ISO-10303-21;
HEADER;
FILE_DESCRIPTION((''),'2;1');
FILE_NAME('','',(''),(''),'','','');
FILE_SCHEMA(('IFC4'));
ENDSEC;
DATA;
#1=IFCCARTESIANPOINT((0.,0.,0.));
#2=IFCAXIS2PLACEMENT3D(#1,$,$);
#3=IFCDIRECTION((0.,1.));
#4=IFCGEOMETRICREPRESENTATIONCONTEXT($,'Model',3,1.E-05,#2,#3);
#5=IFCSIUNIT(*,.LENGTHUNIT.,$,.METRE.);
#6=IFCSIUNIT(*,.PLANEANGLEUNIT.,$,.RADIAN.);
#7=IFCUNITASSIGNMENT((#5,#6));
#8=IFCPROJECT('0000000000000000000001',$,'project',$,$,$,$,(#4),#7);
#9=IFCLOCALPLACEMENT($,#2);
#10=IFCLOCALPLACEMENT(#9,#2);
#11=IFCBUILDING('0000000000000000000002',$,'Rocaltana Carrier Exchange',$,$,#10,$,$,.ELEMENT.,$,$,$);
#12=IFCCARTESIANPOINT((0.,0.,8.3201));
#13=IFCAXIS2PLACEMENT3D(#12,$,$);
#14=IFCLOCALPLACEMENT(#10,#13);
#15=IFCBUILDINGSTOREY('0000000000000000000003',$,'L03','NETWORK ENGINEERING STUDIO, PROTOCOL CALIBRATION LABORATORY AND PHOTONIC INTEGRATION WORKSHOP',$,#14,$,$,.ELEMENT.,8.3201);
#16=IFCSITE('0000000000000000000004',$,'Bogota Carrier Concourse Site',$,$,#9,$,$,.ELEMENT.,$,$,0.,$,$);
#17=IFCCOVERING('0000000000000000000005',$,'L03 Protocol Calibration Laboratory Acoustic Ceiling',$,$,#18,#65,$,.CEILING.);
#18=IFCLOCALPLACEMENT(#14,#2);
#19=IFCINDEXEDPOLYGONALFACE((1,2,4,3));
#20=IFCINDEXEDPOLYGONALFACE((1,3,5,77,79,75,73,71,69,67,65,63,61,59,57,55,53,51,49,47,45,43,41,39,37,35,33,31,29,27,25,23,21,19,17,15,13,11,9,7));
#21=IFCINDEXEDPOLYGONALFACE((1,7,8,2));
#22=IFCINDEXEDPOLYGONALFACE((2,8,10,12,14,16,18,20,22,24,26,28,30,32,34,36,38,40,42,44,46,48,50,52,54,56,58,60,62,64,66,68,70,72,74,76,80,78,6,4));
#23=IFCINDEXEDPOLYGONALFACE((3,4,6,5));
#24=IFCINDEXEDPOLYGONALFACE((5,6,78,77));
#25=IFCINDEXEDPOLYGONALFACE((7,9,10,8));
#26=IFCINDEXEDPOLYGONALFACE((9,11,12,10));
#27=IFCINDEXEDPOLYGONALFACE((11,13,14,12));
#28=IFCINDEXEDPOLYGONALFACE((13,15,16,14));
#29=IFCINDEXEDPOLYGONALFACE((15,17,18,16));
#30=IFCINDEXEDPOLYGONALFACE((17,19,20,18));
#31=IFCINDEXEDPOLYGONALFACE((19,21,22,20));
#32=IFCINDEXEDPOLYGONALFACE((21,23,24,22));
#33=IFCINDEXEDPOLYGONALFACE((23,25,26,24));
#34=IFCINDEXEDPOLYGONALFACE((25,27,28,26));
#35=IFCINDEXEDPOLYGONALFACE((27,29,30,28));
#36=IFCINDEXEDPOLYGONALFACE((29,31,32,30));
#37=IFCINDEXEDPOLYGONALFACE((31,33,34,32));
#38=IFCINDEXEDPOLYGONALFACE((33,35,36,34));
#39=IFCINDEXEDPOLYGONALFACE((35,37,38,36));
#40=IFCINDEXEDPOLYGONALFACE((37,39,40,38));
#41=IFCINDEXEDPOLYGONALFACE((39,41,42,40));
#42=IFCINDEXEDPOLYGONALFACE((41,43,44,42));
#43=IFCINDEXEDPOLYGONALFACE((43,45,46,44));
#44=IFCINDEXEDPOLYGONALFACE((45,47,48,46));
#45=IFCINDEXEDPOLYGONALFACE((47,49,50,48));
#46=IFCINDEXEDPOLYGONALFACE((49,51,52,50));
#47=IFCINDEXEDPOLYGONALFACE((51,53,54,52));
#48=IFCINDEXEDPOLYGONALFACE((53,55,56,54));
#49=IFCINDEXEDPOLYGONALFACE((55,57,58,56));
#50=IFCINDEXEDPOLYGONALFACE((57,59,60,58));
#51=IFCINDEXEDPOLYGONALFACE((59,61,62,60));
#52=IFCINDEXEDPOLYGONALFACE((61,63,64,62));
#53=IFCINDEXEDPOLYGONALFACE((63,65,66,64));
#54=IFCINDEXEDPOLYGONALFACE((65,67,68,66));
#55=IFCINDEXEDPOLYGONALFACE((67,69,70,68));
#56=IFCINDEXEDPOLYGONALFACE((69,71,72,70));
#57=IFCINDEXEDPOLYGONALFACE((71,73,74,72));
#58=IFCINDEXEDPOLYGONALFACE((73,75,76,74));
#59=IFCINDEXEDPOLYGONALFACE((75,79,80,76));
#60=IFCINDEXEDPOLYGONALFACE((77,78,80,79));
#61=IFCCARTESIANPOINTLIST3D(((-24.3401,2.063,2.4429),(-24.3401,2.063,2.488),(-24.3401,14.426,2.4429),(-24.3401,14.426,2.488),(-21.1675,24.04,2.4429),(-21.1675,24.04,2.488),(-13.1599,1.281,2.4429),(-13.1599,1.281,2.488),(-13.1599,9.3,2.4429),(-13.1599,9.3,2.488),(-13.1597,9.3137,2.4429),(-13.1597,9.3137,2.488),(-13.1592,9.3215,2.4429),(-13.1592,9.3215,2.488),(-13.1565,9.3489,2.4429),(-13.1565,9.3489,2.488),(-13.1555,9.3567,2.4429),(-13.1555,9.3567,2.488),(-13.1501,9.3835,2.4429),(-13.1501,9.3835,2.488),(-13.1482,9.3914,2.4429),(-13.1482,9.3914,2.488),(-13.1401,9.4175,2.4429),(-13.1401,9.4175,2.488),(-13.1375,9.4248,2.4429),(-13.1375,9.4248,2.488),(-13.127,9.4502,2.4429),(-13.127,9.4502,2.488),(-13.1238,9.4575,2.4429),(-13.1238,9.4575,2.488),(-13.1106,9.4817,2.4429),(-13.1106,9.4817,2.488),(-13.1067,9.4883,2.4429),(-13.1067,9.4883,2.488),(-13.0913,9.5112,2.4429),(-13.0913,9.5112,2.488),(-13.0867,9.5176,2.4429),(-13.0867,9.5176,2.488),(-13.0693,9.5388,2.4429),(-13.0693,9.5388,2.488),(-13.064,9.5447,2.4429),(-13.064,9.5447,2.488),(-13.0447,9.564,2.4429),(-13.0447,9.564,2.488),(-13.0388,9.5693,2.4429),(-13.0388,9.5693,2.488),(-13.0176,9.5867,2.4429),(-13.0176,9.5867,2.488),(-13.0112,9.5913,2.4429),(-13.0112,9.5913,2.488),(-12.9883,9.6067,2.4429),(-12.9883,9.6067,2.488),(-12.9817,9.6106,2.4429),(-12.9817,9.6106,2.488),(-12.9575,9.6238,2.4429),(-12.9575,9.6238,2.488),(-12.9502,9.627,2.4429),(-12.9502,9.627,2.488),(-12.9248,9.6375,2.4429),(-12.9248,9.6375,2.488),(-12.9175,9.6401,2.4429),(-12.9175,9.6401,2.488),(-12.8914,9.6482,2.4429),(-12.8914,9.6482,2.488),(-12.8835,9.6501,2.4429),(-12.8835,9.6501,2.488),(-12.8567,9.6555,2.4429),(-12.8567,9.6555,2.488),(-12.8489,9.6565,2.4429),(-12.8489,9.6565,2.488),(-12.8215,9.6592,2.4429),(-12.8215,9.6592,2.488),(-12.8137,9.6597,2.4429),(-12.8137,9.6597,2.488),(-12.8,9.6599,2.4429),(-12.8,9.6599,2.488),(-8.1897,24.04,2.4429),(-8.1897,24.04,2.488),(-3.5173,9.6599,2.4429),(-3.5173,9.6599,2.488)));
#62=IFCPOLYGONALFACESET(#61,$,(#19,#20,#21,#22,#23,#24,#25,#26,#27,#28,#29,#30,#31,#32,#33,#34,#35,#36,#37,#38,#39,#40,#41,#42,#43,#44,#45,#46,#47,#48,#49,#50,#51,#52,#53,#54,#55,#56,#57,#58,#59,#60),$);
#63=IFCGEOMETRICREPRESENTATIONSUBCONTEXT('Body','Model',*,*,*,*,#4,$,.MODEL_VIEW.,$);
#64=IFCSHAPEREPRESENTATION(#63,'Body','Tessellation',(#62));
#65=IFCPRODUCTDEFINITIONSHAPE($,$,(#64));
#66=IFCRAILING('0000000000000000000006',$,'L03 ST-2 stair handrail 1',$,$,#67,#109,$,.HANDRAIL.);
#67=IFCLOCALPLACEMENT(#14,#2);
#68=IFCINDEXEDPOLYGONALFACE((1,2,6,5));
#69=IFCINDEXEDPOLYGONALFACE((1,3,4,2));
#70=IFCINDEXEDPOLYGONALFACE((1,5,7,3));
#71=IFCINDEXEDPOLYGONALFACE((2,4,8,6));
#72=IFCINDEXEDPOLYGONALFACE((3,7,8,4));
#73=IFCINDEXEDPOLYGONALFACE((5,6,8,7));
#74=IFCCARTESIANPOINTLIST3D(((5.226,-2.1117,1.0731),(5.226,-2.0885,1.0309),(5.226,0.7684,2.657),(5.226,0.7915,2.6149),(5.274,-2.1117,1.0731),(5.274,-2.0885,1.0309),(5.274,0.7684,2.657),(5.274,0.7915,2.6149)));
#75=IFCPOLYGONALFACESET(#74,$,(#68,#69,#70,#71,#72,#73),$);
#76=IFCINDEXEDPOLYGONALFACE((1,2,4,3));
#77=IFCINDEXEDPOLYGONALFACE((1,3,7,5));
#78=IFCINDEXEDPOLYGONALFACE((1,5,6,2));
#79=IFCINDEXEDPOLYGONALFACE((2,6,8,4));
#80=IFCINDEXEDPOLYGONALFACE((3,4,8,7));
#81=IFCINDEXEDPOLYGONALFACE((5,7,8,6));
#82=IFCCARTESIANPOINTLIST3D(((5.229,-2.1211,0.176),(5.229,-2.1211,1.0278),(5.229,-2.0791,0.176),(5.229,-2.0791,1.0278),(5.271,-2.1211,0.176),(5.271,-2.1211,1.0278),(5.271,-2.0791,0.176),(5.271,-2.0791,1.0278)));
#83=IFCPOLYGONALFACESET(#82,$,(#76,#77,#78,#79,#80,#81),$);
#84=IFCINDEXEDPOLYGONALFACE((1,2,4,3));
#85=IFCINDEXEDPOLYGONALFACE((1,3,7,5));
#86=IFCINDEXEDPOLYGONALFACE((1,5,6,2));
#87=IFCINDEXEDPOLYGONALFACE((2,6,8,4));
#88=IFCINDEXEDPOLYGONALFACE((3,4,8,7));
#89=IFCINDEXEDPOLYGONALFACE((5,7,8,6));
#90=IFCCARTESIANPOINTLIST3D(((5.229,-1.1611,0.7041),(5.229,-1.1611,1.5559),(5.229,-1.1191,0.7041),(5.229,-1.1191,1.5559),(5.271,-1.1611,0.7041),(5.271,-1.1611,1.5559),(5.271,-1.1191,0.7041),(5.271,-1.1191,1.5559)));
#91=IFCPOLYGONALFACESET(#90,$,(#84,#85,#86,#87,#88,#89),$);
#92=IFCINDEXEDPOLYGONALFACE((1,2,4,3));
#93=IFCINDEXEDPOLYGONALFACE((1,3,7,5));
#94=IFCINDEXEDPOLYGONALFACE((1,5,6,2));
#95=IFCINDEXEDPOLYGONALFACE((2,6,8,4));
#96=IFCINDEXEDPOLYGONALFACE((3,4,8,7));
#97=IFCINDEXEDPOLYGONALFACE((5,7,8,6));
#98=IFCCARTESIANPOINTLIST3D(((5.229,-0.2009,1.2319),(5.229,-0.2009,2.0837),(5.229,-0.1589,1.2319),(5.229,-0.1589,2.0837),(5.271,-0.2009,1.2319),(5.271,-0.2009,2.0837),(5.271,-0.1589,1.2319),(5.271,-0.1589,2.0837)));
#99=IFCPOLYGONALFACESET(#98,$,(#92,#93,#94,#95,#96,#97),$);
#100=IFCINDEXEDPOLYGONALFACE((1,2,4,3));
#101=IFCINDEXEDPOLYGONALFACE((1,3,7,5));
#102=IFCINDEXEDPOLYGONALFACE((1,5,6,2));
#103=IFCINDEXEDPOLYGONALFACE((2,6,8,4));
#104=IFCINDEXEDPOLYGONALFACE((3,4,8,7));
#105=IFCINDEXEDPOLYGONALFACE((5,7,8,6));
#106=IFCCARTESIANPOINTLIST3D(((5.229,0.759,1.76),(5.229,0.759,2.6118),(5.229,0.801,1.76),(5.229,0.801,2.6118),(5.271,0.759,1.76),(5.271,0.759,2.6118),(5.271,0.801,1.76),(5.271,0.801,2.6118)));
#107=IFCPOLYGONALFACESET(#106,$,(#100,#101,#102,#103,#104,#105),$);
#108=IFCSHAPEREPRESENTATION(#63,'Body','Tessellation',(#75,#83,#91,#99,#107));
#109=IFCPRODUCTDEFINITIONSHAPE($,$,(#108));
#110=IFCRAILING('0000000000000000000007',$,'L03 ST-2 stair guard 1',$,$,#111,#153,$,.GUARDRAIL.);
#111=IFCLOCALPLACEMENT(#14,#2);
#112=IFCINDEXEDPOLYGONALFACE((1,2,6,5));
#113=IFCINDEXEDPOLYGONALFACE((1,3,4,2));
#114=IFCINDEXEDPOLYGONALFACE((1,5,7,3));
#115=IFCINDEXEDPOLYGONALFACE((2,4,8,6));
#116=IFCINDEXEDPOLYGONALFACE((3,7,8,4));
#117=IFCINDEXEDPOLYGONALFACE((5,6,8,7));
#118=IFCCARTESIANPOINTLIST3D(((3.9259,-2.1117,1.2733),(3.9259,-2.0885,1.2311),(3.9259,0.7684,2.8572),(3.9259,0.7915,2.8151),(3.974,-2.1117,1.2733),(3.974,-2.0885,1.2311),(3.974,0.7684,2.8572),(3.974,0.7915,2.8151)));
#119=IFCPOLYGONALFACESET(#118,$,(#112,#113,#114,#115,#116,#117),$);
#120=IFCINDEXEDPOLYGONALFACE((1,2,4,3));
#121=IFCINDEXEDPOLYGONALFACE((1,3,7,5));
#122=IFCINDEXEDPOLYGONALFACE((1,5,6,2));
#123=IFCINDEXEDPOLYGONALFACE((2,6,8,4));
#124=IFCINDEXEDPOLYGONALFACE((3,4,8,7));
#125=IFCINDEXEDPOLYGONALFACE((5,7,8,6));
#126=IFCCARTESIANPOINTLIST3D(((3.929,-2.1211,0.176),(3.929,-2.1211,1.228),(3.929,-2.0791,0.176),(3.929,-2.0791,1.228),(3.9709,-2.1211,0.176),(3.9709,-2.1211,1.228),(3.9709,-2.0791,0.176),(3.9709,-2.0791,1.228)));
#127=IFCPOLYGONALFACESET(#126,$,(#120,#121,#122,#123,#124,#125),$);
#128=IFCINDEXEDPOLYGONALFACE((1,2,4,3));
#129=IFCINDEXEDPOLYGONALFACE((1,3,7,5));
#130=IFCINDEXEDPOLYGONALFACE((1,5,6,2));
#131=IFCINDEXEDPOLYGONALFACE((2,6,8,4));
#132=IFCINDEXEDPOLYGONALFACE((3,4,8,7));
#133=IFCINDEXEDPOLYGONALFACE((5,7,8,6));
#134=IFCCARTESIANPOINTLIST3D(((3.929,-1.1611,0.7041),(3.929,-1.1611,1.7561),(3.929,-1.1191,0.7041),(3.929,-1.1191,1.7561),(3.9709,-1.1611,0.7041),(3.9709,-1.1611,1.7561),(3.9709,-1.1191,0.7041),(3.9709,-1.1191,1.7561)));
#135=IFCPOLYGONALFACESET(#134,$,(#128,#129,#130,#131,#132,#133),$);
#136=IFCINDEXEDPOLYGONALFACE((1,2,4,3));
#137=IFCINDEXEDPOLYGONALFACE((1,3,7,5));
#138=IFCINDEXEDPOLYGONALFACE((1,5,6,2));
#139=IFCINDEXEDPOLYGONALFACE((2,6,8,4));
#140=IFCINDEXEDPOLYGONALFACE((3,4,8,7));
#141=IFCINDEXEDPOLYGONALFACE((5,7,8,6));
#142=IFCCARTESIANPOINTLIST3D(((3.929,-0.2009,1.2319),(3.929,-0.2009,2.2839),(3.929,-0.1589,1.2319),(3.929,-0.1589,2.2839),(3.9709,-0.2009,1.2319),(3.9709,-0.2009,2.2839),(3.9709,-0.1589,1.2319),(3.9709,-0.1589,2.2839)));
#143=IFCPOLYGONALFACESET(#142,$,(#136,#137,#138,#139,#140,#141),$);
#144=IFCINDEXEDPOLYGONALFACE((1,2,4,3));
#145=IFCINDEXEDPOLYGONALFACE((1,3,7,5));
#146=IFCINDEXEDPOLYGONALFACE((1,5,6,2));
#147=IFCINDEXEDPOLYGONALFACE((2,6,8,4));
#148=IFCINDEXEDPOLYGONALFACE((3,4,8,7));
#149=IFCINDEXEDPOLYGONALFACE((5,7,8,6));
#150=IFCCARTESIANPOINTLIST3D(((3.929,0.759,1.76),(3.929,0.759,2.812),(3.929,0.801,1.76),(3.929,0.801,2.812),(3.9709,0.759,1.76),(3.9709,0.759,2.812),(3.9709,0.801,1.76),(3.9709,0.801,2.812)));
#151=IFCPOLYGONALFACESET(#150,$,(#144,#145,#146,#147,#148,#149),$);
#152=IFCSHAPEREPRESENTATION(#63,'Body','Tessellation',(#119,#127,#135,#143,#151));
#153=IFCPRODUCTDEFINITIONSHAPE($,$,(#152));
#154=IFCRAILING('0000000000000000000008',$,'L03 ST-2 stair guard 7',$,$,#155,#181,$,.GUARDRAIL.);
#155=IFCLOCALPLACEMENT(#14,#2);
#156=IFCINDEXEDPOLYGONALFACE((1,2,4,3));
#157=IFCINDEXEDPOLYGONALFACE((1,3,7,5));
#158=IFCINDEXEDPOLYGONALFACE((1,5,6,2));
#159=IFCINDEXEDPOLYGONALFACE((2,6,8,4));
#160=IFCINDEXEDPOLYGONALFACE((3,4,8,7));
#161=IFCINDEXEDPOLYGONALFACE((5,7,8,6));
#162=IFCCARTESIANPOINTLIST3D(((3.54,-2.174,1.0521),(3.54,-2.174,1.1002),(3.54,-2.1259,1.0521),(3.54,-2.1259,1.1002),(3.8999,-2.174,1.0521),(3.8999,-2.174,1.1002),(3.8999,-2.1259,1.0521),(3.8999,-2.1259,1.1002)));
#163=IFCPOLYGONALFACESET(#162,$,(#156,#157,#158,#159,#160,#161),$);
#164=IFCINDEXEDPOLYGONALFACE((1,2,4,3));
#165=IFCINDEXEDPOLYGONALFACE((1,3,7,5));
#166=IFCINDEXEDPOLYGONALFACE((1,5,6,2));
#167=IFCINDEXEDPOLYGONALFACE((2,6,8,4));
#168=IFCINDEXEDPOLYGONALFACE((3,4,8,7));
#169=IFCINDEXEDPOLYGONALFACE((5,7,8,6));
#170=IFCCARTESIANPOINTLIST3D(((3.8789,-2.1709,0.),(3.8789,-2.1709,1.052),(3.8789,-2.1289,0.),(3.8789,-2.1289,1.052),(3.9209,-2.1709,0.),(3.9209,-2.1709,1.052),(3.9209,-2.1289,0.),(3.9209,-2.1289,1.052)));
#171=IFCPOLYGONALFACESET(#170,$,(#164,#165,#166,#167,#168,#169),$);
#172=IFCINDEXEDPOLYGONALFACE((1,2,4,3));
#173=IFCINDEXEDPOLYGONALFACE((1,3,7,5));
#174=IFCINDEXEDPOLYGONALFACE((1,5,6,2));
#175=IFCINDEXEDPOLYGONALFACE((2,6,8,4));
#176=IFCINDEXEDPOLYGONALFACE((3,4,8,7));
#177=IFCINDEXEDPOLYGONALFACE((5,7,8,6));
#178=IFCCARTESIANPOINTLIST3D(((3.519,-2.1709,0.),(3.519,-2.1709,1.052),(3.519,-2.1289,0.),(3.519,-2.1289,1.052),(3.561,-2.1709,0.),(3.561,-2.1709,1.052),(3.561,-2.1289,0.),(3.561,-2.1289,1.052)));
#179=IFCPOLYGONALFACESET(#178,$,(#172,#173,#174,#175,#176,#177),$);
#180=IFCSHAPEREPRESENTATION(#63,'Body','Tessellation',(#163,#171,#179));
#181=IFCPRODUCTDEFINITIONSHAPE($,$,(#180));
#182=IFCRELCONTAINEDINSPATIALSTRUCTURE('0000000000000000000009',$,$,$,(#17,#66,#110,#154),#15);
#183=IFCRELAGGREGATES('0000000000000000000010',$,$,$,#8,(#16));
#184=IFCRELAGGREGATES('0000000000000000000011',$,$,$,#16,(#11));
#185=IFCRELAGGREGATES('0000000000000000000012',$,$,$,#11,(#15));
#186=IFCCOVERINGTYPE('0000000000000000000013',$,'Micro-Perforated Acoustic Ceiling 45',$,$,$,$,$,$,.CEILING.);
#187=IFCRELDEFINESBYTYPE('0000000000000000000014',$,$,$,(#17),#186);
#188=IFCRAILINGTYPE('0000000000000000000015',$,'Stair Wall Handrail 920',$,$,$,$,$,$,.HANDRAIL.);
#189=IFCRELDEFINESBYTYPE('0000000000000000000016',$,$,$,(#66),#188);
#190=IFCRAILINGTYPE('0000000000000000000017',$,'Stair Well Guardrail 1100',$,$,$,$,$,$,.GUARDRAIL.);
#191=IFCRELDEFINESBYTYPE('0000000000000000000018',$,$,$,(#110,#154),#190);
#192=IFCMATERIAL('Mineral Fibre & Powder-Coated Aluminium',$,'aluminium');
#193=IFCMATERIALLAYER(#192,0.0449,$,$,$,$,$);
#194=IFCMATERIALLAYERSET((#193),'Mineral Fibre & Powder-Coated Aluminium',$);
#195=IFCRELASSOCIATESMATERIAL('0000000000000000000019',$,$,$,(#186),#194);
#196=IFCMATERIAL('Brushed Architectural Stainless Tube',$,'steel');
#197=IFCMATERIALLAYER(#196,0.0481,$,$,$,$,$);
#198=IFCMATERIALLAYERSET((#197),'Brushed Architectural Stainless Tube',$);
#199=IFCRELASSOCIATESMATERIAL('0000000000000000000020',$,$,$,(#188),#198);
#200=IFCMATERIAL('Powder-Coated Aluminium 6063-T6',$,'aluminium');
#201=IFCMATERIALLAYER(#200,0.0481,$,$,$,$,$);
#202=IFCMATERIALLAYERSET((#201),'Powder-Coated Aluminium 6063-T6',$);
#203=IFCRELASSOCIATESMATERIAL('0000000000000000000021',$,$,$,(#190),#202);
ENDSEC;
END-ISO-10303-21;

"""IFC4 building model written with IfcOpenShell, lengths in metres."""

from ifc_helpers import new_model, si_unit, direction, frame, origin, origin_2d, place, context, subcontext, project, spatial, polyline, rectangle, outline, extrude, material, layer, layer_set, type_object, element, save


model = new_model("IFC4")

# Units and contexts
model_context = context("Model", 3, precision=1e-05, world=origin(), true_north=direction((0.0, 1.0)))
body_context = subcontext(model_context, "Body", "Model", "MODEL_VIEW")
ifc_project = project(units=[si_unit("LENGTHUNIT", "METRE"), si_unit("PLANEANGLEUNIT", "RADIAN")], contexts=[model_context])

# Site, building, storey
site_placement = place(None, origin())
site = spatial("IfcSite", under=ifc_project, at=site_placement, Name="Bogota Carrier Concourse Site", CompositionType="ELEMENT", RefElevation=0.0)
building_placement = place(site_placement, origin())
building = spatial("IfcBuilding", under=site, at=building_placement, Name="Rocaltana Carrier Exchange", CompositionType="ELEMENT")
storey_placement = place(building_placement, frame((0.0, 0.0, 8.3201)))
storey = spatial("IfcBuildingStorey", under=building, at=storey_placement, Name="L03", Description="NETWORK ENGINEERING STUDIO, PROTOCOL CALIBRATION LABORATORY AND PHOTONIC INTEGRATION WORKSHOP", CompositionType="ELEMENT", Elevation=8.3201)

# Covering
ifc_material_1 = material(Name="Mineral Fibre & Powder-Coated Aluminium", Category="aluminium")
ifc_layer_1 = layer(ifc_material_1, 0.0449)
ifc_layer_set_1 = layer_set([ifc_layer_1], Name="Mineral Fibre & Powder-Coated Aluminium")
covering_type_1 = type_object("IfcCoveringType", Name="Micro-Perforated Acoustic Ceiling 45", PredefinedType="CEILING", material=ifc_layer_set_1)
covering_1_placement = place(storey_placement, frame((0.0, 0.0, 2.4429)))
element("IfcCovering", 1, at=covering_1_placement, inside=storey, type_object=covering_type_1, Name="L03 Protocol Calibration Laboratory Acoustic Ceiling", PredefinedType="CEILING", context=body_context, shape_type="SweptSolid", body=[
    extrude(outline(polyline([(-24.3401, 14.426), (-21.1675, 24.04), (-8.1897, 24.04), (-3.5173, 9.6599), (-12.8, 9.6599), (-12.8137, 9.6597), (-12.8215, 9.6592), (-12.8489, 9.6565), (-12.8567, 9.6555), (-12.8835, 9.6501), (-12.8914, 9.6482), (-12.9175, 9.6401), (-12.9248, 9.6375), (-12.9502, 9.627), (-12.9575, 9.6238), (-12.9817, 9.6106), (-12.9883, 9.6067), (-13.0112, 9.5913), (-13.0176, 9.5867), (-13.0388, 9.5693), (-13.0447, 9.564), (-13.064, 9.5447), (-13.0693, 9.5388), (-13.0867, 9.5176), (-13.0913, 9.5112), (-13.1067, 9.4883), (-13.1106, 9.4817), (-13.1238, 9.4575), (-13.127, 9.4502), (-13.1375, 9.4248), (-13.1401, 9.4175), (-13.1482, 9.3914), (-13.1501, 9.3835), (-13.1555, 9.3567), (-13.1565, 9.3489), (-13.1592, 9.3215), (-13.1597, 9.3137), (-13.1599, 9.3), (-13.1599, 1.281), (-24.3401, 2.063), (-24.3401, 14.426)])), origin(), (0.0, 0.0, 1.0), 0.0452),
])

# Railings
ifc_material_2 = material(Name="Brushed Architectural Stainless Tube", Category="steel")
ifc_layer_2 = layer(ifc_material_2, 0.0481)
ifc_layer_set_2 = layer_set([ifc_layer_2], Name="Brushed Architectural Stainless Tube")
railing_type_1 = type_object("IfcRailingType", Name="Stair Wall Handrail 920", PredefinedType="HANDRAIL", material=ifc_layer_set_2)
railing_1_placement = place(storey_placement, frame((5.25, -2.1001, 0.176)))
element("IfcRailing", 2, at=railing_1_placement, inside=storey, type_object=railing_type_1, Name="L03 ST-2 stair handrail 1", PredefinedType="HANDRAIL", context=body_context, shape_type="SweptSolid", body=[
    extrude(rectangle(XDim=0.0481, YDim=0.0481, at=origin_2d()), frame((0.0, 0.0, 0.876), z_axis=(0.0, 0.876227, 0.481899), x_axis=(-1.0, 0.0, 0.0)), (0.0, 0.0, 1.0), 3.2869),
    extrude(rectangle(XDim=0.042, YDim=0.042, at=origin_2d()), origin(), (0.0, 0.0, 1.0), 0.8518),
    extrude(rectangle(XDim=0.042, YDim=0.042, at=origin_2d()), frame((0.0, 0.96, 0.5281)), (0.0, 0.0, 1.0), 0.8518),
    extrude(rectangle(XDim=0.042, YDim=0.042, at=origin_2d()), frame((0.0, 1.9202, 1.0559)), (0.0, 0.0, 1.0), 0.8518),
    extrude(rectangle(XDim=0.042, YDim=0.042, at=origin_2d()), frame((0.0, 2.8801, 1.584)), (0.0, 0.0, 1.0), 0.8518),
])
ifc_material_3 = material(Name="Powder-Coated Aluminium 6063-T6", Category="aluminium")
ifc_layer_3 = layer(ifc_material_3, 0.0481)
ifc_layer_set_3 = layer_set([ifc_layer_3], Name="Powder-Coated Aluminium 6063-T6")
railing_type_2 = type_object("IfcRailingType", Name="Stair Well Guardrail 1100", PredefinedType="GUARDRAIL", material=ifc_layer_set_3)
railing_2_placement = place(storey_placement, frame((3.95, -2.1001, 0.176)))
element("IfcRailing", 3, at=railing_2_placement, inside=storey, type_object=railing_type_2, Name="L03 ST-2 stair guard 1", PredefinedType="GUARDRAIL", context=body_context, shape_type="SweptSolid", body=[
    extrude(rectangle(XDim=0.0481, YDim=0.0481, at=origin_2d()), frame((0.0, 0.0, 1.0762), z_axis=(0.0, 0.876227, 0.481899), x_axis=(-1.0, 0.0, 0.0)), (0.0, 0.0, 1.0), 3.2869),
    extrude(rectangle(XDim=0.042, YDim=0.042, at=origin_2d()), origin(), (0.0, 0.0, 1.0), 1.052),
    extrude(rectangle(XDim=0.042, YDim=0.042, at=origin_2d()), frame((0.0, 0.96, 0.5281)), (0.0, 0.0, 1.0), 1.052),
    extrude(rectangle(XDim=0.042, YDim=0.042, at=origin_2d()), frame((0.0, 1.9202, 1.0559)), (0.0, 0.0, 1.0), 1.052),
    extrude(rectangle(XDim=0.042, YDim=0.042, at=origin_2d()), frame((0.0, 2.8801, 1.584)), (0.0, 0.0, 1.0), 1.052),
])
railing_3_placement = place(storey_placement, frame((3.8999, -2.1499, 0.0)))
element("IfcRailing", 4, at=railing_3_placement, inside=storey, type_object=railing_type_2, Name="L03 ST-2 stair guard 7", PredefinedType="GUARDRAIL", context=body_context, shape_type="SweptSolid", body=[
    extrude(rectangle(XDim=0.0481, YDim=0.0481, at=origin_2d()), frame((0.0, 0.0, 1.0762), z_axis=(-1.0, 0.0, 0.0), x_axis=(0.0, -1.0, 0.0)), (0.0, 0.0, 1.0), 0.3599),
    extrude(rectangle(XDim=0.042, YDim=0.042, at=origin_2d()), origin(), (0.0, 0.0, 1.0), 1.052),
    extrude(rectangle(XDim=0.042, YDim=0.042, at=origin_2d()), frame((-0.3599, 0.0, 0.0)), (0.0, 0.0, 1.0), 1.052),
])

save(model, "model.ifc")
